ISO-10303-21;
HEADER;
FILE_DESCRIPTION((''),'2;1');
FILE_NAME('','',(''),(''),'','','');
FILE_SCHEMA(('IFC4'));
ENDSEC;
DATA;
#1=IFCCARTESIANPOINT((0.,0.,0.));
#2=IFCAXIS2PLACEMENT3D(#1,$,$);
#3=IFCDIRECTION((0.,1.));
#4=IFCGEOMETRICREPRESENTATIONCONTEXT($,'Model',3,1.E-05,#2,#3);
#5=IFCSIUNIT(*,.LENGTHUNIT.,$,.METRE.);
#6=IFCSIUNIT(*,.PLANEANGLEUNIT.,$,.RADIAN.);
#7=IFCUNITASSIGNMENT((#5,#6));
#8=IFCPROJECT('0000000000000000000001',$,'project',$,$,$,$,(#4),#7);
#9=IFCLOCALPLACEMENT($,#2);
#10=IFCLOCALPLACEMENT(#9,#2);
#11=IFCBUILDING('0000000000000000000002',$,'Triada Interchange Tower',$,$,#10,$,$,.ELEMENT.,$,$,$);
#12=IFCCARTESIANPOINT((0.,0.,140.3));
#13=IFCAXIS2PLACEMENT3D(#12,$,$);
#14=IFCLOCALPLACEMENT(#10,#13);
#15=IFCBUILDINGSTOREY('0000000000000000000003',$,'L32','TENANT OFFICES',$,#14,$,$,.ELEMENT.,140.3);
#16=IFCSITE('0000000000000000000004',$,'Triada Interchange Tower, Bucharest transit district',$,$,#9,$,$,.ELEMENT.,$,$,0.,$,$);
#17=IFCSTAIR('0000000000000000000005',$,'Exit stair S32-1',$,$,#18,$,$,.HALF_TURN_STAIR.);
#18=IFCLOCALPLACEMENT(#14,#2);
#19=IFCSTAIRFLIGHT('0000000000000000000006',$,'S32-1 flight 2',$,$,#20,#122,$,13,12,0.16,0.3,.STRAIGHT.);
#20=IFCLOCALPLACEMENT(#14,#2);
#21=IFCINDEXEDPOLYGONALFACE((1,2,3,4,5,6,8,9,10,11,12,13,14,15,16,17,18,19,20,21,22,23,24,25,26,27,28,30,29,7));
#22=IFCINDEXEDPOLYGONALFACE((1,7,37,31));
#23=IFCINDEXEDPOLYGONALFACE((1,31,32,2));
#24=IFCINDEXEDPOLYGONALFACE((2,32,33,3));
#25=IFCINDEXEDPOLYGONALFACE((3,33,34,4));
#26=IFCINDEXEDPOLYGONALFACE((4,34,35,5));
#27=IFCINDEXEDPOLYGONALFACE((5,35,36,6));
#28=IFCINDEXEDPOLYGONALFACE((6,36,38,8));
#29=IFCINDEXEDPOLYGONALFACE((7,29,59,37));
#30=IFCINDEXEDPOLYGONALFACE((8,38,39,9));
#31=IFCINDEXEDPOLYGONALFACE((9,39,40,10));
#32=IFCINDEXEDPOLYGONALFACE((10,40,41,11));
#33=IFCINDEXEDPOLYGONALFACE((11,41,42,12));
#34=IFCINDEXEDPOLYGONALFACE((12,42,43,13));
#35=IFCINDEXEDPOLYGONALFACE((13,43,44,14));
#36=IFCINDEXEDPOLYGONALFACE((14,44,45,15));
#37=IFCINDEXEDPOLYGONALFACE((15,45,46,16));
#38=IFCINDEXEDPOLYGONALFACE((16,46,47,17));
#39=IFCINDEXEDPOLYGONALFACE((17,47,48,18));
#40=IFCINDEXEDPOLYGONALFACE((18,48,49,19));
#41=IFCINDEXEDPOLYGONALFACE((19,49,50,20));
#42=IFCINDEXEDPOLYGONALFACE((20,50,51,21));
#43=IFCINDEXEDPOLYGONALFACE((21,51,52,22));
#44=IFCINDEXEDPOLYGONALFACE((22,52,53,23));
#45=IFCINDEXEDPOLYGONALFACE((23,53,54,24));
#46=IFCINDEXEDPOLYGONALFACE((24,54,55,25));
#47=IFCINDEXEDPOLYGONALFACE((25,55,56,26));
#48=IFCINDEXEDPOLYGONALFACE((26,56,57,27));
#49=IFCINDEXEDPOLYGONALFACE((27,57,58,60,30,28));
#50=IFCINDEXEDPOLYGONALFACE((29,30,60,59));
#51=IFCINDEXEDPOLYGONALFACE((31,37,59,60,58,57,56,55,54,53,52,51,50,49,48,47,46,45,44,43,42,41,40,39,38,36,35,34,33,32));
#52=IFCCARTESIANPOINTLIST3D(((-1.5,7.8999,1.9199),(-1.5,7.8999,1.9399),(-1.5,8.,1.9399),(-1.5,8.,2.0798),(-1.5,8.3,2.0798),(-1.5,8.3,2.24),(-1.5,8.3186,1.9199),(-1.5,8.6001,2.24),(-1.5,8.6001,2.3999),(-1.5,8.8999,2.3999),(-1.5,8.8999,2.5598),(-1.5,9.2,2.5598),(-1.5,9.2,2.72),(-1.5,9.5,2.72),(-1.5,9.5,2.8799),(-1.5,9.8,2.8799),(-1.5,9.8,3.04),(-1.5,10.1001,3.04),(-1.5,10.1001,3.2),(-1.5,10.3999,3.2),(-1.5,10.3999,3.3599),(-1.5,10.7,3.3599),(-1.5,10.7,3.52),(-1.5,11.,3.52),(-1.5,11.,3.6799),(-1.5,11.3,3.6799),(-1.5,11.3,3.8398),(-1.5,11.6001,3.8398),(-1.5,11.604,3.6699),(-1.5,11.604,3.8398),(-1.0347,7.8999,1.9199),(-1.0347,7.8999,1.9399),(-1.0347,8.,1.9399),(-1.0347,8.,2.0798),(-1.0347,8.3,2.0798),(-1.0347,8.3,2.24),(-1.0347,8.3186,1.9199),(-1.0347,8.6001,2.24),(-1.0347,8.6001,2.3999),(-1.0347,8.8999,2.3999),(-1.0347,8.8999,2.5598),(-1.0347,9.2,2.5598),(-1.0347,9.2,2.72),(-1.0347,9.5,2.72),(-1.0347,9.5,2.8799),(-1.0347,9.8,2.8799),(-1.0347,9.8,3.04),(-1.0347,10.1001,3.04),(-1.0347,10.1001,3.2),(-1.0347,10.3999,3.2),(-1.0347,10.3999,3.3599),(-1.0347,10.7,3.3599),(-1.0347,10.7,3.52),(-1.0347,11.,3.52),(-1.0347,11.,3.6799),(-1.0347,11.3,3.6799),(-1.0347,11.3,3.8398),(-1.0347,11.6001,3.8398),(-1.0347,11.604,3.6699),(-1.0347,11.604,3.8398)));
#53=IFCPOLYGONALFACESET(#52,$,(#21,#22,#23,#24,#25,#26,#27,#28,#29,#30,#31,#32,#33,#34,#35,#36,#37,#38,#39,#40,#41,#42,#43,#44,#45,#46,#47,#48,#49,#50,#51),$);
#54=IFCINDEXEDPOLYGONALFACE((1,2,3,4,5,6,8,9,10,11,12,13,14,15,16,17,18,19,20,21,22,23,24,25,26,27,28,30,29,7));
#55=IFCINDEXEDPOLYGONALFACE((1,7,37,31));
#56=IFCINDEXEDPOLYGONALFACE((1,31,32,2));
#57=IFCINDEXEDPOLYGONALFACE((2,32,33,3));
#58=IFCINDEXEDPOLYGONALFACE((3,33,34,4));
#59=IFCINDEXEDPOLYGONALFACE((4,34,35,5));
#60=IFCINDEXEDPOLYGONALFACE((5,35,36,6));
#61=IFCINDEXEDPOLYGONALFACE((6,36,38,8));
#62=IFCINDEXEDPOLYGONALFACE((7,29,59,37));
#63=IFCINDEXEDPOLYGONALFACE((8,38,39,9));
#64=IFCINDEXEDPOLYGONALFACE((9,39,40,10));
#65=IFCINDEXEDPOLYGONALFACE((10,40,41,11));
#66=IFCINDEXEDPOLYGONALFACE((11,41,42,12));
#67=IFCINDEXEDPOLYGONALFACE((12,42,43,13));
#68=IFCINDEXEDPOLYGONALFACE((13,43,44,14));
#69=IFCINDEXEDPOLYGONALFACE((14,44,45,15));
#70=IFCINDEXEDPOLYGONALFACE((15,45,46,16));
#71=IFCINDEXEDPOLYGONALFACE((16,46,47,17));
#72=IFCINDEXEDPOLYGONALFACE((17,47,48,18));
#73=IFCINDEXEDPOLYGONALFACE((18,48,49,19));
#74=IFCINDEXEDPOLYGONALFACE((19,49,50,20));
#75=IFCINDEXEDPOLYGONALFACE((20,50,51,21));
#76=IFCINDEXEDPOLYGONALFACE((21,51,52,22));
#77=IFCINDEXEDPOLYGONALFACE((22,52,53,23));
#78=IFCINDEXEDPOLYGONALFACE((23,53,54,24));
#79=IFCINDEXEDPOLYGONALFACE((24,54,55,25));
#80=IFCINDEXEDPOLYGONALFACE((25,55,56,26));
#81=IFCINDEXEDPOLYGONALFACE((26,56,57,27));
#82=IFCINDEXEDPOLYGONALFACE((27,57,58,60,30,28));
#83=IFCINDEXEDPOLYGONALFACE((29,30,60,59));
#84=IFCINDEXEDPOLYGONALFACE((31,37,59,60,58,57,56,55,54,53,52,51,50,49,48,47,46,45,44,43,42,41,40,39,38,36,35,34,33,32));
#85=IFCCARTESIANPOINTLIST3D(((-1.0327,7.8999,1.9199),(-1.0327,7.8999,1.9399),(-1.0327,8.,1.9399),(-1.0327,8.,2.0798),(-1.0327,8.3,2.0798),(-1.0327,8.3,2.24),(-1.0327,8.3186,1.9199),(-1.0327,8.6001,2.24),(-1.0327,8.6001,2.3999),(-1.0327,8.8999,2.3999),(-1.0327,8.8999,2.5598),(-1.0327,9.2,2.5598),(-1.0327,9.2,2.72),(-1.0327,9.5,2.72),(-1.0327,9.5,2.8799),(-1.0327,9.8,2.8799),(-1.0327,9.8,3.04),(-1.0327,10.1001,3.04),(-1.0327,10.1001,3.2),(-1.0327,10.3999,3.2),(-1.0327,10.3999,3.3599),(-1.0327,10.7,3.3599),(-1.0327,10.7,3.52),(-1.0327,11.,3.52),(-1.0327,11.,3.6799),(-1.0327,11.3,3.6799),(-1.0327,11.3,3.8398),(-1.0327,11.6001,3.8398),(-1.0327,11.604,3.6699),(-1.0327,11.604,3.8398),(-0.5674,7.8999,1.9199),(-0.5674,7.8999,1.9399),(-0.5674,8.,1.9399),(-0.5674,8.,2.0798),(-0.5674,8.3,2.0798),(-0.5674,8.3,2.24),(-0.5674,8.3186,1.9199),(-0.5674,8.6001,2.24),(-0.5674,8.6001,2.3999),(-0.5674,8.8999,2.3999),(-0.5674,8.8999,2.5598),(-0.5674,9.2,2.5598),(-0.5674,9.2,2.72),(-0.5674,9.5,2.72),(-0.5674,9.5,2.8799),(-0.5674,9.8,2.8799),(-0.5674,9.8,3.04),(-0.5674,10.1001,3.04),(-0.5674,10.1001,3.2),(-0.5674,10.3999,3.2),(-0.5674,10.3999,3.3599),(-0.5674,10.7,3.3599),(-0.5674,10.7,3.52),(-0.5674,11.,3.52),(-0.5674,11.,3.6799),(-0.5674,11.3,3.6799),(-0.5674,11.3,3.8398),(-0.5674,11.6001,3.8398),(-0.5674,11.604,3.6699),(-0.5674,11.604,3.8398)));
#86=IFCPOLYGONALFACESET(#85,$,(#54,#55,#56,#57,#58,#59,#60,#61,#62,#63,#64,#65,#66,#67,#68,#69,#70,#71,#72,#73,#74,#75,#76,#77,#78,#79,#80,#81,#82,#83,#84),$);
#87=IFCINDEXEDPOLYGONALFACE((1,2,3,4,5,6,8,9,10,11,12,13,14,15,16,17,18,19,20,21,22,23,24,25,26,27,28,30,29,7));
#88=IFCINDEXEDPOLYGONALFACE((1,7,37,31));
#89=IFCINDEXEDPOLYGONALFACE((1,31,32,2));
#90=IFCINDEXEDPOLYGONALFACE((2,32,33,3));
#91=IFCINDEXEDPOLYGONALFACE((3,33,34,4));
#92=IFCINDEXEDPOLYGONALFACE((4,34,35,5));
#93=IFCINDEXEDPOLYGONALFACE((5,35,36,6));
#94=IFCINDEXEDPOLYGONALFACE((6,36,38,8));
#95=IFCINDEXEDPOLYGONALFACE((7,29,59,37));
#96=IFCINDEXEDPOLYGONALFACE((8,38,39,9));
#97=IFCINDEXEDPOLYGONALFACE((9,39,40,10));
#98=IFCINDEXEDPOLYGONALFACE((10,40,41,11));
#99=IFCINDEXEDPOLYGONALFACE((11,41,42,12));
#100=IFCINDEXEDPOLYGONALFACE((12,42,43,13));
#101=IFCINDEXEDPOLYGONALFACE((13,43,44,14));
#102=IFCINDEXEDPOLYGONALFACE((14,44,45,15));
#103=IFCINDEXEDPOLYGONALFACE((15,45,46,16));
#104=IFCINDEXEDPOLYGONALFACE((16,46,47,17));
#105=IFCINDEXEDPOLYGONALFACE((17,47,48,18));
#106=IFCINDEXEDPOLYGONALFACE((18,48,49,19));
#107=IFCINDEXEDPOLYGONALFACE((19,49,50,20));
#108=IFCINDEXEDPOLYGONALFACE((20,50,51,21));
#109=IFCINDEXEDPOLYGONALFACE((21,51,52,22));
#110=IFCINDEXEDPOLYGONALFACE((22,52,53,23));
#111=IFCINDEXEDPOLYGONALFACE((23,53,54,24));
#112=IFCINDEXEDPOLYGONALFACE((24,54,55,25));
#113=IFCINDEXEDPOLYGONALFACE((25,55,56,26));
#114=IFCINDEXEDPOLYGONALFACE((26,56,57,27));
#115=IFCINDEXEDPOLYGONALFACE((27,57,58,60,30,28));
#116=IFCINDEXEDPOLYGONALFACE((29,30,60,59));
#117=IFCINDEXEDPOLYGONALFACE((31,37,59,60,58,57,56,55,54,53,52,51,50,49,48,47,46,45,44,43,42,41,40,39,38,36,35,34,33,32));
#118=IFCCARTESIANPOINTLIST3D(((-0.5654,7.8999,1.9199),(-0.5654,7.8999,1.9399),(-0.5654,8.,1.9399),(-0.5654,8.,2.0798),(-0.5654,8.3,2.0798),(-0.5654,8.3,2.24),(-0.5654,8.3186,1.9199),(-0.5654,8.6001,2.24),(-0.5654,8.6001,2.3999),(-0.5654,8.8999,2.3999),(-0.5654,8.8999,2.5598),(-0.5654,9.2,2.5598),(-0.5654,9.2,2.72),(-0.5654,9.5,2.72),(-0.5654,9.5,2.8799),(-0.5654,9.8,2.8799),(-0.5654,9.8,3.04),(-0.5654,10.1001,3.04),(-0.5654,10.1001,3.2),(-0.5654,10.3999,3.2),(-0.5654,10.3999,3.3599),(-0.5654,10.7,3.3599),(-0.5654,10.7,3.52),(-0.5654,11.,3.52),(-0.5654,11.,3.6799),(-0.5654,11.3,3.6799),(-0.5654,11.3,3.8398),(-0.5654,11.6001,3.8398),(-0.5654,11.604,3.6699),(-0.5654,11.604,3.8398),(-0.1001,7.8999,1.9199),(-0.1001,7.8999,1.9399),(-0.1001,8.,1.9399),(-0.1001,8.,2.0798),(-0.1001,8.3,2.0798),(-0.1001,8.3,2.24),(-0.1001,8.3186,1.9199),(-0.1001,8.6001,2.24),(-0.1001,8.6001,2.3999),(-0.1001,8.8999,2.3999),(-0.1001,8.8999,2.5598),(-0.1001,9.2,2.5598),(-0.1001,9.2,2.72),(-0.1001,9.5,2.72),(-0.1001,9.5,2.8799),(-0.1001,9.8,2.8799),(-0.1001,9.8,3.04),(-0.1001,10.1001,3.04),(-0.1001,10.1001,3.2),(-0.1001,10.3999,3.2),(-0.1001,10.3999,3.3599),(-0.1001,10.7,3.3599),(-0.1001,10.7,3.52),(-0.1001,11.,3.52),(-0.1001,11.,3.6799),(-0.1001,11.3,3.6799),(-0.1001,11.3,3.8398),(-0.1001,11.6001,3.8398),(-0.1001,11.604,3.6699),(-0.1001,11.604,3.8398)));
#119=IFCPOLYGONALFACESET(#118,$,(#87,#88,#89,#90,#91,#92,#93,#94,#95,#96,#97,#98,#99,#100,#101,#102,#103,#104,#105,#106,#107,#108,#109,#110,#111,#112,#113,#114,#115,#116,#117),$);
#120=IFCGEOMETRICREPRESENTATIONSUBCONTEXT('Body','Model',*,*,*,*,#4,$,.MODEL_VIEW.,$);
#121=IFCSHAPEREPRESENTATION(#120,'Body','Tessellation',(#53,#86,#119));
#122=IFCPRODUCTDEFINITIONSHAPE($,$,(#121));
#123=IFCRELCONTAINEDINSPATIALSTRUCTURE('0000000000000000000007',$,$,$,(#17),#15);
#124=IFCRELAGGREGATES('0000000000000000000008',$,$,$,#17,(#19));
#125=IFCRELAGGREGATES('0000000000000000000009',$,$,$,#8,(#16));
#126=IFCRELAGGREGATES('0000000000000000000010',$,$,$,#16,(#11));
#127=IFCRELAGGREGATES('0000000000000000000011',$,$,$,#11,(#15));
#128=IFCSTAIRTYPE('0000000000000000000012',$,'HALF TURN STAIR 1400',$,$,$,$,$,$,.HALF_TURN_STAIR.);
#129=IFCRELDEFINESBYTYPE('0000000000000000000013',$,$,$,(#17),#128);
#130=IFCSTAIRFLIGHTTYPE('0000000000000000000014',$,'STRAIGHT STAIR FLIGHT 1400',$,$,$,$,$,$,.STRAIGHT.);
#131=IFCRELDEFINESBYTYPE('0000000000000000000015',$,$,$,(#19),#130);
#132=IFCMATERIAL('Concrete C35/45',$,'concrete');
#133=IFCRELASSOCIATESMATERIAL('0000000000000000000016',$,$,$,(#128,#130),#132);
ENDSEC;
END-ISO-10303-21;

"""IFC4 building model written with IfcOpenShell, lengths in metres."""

from ifc_helpers import new_model, si_unit, direction, frame, origin, place, context, subcontext, project, spatial, polyline, outline, extrude, material, type_object, element, aggregate, save


model = new_model("IFC4")

# Units and contexts
model_context = context("Model", 3, precision=1e-05, world=origin(), true_north=direction((0.0, 1.0)))
body_context = subcontext(model_context, "Body", "Model", "MODEL_VIEW")
ifc_project = project(units=[si_unit("LENGTHUNIT", "METRE"), si_unit("PLANEANGLEUNIT", "RADIAN")], contexts=[model_context])

# Site, building, storey
site_placement = place(None, origin())
site = spatial("IfcSite", under=ifc_project, at=site_placement, Name="Triada Interchange Tower, Bucharest transit district", CompositionType="ELEMENT", RefElevation=0.0)
building_placement = place(site_placement, origin())
building = spatial("IfcBuilding", under=site, at=building_placement, Name="Triada Interchange Tower", CompositionType="ELEMENT")
storey_placement = place(building_placement, frame((0.0, 0.0, 140.3)))
storey = spatial("IfcBuildingStorey", under=building, at=storey_placement, Name="L32", Description="TENANT OFFICES", CompositionType="ELEMENT", Elevation=140.3)

# Stair, stair flight
ifc_material_1 = material(Name="Concrete C35/45", Category="concrete")
stair_type = type_object("IfcStairType", Name="HALF TURN STAIR 1400", PredefinedType="HALF_TURN_STAIR", material=ifc_material_1)
stair_placement = place(storey_placement, origin())
stair = element("IfcStair", 1, at=stair_placement, inside=storey, type_object=stair_type, Name="Exit stair S32-1", PredefinedType="HALF_TURN_STAIR")
stair_flight_type = type_object("IfcStairFlightType", Name="STRAIGHT STAIR FLIGHT 1400", PredefinedType="STRAIGHT", material=ifc_material_1)
stair_flight_placement = place(storey_placement, frame((-0.8, 8.0, 1.9199), z_axis=(0.0, 0.0, 1.0), x_axis=(0.0, 1.0, 0.0)))
stair_flight = element("IfcStairFlight", 2, at=stair_flight_placement, type_object=stair_flight_type, Name="S32-1 flight 2", NumberOfRisers=13, NumberOfTreads=12, PredefinedType="STRAIGHT", RiserHeight=0.16, TreadLength=0.3, context=body_context, shape_type="SweptSolid", body=[
    extrude(outline(polyline([(-0.1001, 0.0), (-0.1001, 0.02), (0.0, 0.02), (0.0, 0.1599), (0.3, 0.1599), (0.3, 0.3201), (0.6001, 0.3201), (0.6001, 0.48), (0.8999, 0.48), (0.8999, 0.6399), (1.2, 0.6399), (1.2, 0.8), (1.5, 0.8), (1.5, 0.96), (1.8, 0.96), (1.8, 1.1201), (2.1001, 1.1201), (2.1001, 1.28), (2.3999, 1.28), (2.3999, 1.4399), (2.7, 1.4399), (2.7, 1.6001), (3.0, 1.6001), (3.0, 1.76), (3.3, 1.76), (3.3, 1.9199), (3.6001, 1.9199), (3.604, 1.9199), (3.604, 2.0801), (3.604, 1.75), (0.3186, 0.0), (-0.1001, 0.0)])), frame((0.0, 0.7, 0.0), z_axis=(0.0, -1.0, 0.0), x_axis=(1.0, 0.0, 0.0)), (0.0, 0.0, 1.0), 0.4653),
    extrude(outline(polyline([(-0.1001, 0.0), (-0.1001, 0.02), (0.0, 0.02), (0.0, 0.1599), (0.3, 0.1599), (0.3, 0.3201), (0.6001, 0.3201), (0.6001, 0.48), (0.8999, 0.48), (0.8999, 0.6399), (1.2, 0.6399), (1.2, 0.8), (1.5, 0.8), (1.5, 0.96), (1.8, 0.96), (1.8, 1.1201), (2.1001, 1.1201), (2.1001, 1.28), (2.3999, 1.28), (2.3999, 1.4399), (2.7, 1.4399), (2.7, 1.6001), (3.0, 1.6001), (3.0, 1.76), (3.3, 1.76), (3.3, 1.9199), (3.6001, 1.9199), (3.604, 1.9199), (3.604, 2.0801), (3.604, 1.75), (0.3186, 0.0), (-0.1001, 0.0)])), frame((0.0, 0.2327, 0.0), z_axis=(0.0, -1.0, 0.0), x_axis=(1.0, 0.0, 0.0)), (0.0, 0.0, 1.0), 0.4653),
    extrude(outline(polyline([(-0.1001, 0.0), (-0.1001, 0.02), (0.0, 0.02), (0.0, 0.1599), (0.3, 0.1599), (0.3, 0.3201), (0.6001, 0.3201), (0.6001, 0.48), (0.8999, 0.48), (0.8999, 0.6399), (1.2, 0.6399), (1.2, 0.8), (1.5, 0.8), (1.5, 0.96), (1.8, 0.96), (1.8, 1.1201), (2.1001, 1.1201), (2.1001, 1.28), (2.3999, 1.28), (2.3999, 1.4399), (2.7, 1.4399), (2.7, 1.6001), (3.0, 1.6001), (3.0, 1.76), (3.3, 1.76), (3.3, 1.9199), (3.6001, 1.9199), (3.604, 1.9199), (3.604, 2.0801), (3.604, 1.75), (0.3186, 0.0), (-0.1001, 0.0)])), frame((0.0, -0.2346, 0.0), z_axis=(0.0, -1.0, 0.0), x_axis=(1.0, 0.0, 0.0)), (0.0, 0.0, 1.0), 0.4653),
])
aggregate(stair, [stair_flight])

save(model, "model.ifc")
